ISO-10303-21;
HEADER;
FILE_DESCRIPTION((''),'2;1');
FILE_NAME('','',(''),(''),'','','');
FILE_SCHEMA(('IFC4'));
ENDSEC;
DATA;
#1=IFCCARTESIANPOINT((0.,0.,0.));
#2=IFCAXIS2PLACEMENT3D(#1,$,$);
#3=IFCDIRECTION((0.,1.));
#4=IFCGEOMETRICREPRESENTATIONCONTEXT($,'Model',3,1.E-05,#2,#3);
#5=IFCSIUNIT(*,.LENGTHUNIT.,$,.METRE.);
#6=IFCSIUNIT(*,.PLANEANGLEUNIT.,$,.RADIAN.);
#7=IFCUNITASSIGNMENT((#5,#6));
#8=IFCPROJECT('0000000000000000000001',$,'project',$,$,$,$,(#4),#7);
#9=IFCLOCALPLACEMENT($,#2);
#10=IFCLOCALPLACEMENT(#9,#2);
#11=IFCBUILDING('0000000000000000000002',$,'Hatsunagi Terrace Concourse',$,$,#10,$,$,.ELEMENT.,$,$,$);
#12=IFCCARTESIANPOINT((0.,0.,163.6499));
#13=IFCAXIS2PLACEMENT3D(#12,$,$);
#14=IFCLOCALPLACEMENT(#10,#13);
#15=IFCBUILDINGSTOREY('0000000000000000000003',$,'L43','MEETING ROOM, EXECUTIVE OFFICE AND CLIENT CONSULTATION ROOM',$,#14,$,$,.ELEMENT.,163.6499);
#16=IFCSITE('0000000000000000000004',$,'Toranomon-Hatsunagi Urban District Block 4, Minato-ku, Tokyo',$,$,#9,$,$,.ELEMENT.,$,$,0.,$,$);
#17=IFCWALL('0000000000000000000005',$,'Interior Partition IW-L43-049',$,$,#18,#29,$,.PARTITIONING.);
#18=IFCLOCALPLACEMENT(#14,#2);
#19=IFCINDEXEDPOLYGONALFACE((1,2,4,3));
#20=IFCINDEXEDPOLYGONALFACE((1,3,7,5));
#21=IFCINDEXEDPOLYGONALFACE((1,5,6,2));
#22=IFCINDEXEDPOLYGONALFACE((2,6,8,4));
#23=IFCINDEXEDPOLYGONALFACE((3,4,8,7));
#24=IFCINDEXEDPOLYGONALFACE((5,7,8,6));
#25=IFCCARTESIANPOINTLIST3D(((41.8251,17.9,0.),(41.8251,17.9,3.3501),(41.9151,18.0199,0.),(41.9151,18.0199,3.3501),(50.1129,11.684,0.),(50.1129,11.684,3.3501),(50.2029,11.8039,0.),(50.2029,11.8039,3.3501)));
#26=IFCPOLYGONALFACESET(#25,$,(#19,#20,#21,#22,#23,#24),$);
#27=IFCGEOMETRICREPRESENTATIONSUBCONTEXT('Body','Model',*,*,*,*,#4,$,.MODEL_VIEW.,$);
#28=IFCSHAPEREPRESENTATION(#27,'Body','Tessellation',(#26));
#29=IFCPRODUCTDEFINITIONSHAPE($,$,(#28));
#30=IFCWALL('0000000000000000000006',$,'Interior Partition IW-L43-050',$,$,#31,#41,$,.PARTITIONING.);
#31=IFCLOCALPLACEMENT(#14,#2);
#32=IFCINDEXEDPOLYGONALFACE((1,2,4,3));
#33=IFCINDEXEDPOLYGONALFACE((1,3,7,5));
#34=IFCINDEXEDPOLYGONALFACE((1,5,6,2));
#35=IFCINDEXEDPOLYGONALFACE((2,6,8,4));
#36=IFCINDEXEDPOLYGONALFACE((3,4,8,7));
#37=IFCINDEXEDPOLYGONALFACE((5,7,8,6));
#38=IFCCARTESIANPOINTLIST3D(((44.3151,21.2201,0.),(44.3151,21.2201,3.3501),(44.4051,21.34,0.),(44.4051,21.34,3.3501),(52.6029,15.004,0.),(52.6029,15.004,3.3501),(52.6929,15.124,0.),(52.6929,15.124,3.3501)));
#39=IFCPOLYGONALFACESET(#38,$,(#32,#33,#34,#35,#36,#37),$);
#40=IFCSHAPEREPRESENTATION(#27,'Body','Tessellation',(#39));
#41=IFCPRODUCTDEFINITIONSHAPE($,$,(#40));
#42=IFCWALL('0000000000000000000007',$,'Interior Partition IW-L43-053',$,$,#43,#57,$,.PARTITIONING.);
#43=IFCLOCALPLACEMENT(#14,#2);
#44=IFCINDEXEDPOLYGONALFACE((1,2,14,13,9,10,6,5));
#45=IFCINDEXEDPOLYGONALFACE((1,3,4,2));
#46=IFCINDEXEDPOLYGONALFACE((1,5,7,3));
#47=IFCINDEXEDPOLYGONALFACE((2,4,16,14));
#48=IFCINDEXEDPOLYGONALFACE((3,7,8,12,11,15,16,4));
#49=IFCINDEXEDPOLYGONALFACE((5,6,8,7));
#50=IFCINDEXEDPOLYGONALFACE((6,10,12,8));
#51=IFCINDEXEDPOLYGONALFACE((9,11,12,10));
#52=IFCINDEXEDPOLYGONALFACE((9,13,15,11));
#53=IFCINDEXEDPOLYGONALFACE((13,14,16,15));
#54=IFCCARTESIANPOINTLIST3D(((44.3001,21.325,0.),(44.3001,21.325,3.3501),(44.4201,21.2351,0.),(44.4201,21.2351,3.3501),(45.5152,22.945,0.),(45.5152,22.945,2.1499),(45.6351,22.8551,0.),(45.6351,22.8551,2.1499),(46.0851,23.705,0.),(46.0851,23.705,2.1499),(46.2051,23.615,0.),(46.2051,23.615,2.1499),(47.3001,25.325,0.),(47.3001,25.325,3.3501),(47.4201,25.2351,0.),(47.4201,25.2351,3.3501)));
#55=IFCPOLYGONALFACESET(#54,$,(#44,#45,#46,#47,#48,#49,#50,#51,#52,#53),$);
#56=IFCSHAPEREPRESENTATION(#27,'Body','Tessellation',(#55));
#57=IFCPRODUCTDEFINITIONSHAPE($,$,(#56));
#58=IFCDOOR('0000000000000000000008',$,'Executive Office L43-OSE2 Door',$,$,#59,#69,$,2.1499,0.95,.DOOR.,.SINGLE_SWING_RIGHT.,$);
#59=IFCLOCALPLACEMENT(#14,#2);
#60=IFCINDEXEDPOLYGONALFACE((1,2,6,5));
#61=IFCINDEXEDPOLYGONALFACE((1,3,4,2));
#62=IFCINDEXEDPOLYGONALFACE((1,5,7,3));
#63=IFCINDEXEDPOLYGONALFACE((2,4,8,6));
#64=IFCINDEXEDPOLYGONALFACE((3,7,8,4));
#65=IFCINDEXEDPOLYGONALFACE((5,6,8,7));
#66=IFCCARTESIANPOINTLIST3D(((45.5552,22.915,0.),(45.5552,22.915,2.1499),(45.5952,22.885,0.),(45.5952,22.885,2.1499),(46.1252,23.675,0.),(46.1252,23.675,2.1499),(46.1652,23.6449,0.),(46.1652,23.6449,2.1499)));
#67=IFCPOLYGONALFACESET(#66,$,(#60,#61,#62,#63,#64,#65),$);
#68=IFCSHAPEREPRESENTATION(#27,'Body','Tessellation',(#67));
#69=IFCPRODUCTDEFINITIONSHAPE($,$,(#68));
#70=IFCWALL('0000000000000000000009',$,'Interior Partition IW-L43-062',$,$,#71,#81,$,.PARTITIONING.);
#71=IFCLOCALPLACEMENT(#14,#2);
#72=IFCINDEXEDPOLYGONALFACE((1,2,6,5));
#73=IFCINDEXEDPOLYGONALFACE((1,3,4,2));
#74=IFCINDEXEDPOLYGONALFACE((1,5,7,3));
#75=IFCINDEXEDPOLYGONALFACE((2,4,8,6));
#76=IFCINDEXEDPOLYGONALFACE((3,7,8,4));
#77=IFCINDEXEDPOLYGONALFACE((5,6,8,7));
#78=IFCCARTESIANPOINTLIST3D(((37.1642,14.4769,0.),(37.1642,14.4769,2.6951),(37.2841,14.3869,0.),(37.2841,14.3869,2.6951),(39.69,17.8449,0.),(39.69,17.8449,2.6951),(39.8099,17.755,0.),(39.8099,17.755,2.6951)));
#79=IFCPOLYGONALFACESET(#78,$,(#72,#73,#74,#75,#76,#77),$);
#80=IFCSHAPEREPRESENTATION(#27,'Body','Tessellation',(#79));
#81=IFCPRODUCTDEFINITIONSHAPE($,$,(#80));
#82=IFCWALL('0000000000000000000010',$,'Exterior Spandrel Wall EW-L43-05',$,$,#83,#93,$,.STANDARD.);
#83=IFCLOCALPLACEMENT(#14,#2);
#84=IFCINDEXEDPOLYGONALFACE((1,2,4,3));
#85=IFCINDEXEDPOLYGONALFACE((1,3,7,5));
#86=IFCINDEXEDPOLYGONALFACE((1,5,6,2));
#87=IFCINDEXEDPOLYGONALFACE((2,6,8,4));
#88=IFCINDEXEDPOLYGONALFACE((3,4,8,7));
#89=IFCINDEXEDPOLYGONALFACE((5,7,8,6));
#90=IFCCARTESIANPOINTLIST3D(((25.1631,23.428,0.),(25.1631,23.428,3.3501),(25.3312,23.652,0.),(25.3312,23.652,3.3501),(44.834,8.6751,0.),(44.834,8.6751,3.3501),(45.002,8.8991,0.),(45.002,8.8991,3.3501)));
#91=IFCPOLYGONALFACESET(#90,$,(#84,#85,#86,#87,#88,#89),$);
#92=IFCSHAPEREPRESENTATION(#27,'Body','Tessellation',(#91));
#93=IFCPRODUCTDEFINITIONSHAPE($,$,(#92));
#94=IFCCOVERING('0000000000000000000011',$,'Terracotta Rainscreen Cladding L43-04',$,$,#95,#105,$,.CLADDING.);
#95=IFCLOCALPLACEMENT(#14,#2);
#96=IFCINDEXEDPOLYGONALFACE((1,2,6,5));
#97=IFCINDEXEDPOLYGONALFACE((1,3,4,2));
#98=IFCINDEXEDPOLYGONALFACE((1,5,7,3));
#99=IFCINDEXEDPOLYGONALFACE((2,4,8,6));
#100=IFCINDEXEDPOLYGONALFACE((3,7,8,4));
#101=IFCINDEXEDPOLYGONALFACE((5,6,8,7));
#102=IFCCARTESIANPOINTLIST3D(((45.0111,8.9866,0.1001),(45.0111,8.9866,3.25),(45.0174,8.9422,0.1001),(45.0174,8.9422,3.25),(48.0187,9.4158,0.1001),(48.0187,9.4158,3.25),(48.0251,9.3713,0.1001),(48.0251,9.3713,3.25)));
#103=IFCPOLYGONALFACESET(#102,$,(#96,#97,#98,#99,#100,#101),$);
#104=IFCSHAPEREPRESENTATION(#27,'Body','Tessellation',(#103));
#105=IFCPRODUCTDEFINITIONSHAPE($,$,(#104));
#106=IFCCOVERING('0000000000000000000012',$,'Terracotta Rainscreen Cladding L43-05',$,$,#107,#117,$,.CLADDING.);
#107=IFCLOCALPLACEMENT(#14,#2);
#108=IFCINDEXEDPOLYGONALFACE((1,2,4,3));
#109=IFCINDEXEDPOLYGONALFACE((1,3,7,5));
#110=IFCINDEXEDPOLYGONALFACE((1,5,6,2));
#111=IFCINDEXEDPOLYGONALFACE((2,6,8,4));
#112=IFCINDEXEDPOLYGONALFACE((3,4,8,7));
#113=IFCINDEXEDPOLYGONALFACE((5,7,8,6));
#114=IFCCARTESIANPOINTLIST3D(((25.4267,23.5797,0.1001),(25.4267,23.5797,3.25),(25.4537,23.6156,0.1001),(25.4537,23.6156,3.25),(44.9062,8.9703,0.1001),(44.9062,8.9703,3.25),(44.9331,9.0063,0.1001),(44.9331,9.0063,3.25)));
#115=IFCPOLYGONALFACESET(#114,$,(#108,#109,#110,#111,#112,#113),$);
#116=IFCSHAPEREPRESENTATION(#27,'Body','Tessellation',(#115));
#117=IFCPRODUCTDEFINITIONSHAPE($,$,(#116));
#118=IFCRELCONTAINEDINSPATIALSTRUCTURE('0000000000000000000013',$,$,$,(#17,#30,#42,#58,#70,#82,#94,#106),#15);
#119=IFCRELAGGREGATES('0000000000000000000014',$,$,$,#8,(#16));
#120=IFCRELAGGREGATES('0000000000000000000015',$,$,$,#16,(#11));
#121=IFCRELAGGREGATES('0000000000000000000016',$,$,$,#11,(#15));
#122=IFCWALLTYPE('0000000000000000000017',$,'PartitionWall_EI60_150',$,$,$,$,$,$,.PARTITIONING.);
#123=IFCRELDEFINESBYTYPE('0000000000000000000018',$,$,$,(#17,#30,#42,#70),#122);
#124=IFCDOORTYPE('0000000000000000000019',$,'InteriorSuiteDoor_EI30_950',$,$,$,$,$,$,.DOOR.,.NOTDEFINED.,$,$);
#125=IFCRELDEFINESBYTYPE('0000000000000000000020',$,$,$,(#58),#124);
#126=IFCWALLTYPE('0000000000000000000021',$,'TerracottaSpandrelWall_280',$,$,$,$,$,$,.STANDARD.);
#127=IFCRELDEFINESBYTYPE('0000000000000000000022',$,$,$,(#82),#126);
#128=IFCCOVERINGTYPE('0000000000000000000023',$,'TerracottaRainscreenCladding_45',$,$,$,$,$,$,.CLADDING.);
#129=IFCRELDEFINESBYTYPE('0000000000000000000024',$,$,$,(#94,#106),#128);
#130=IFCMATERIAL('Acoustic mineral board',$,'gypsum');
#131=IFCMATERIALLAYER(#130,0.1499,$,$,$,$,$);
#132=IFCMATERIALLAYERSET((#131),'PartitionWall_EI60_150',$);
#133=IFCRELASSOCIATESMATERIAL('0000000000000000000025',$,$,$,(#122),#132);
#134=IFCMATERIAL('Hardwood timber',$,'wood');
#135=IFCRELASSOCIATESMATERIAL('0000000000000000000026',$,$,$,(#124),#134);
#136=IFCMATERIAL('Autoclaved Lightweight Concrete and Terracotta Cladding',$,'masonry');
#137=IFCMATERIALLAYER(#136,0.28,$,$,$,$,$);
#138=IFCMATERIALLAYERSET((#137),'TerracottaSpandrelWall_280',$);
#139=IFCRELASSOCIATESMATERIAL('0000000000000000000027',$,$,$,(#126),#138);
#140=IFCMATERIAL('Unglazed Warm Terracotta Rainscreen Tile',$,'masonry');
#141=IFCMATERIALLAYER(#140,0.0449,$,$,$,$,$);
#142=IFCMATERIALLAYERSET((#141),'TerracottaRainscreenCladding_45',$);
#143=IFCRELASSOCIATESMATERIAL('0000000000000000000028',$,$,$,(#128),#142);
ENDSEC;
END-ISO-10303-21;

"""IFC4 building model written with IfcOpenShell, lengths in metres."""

from ifc_helpers import new_model, si_unit, direction, frame, frame_2d, origin, origin_2d, place, context, subcontext, project, spatial, rectangle, extrude, material, layer, layer_set, type_object, element, fill, save


model = new_model("IFC4")

# Units and contexts
model_context = context("Model", 3, precision=1e-05, world=origin(), true_north=direction((0.0, 1.0)))
body_context = subcontext(model_context, "Body", "Model", "MODEL_VIEW")
ifc_project = project(units=[si_unit("LENGTHUNIT", "METRE"), si_unit("PLANEANGLEUNIT", "RADIAN")], contexts=[model_context])

# Site, building, storey
site_placement = place(None, origin())
site = spatial("IfcSite", under=ifc_project, at=site_placement, Name="Toranomon-Hatsunagi Urban District Block 4, Minato-ku, Tokyo", CompositionType="ELEMENT", RefElevation=0.0)
building_placement = place(site_placement, origin())
building = spatial("IfcBuilding", under=site, at=building_placement, Name="Hatsunagi Terrace Concourse", CompositionType="ELEMENT")
storey_placement = place(building_placement, frame((0.0, 0.0, 163.6499)))
storey = spatial("IfcBuildingStorey", under=building, at=storey_placement, Name="L43", Description="MEETING ROOM, EXECUTIVE OFFICE AND CLIENT CONSULTATION ROOM", CompositionType="ELEMENT", Elevation=163.6499)

# Walls
ifc_material_1 = material(Name="Acoustic mineral board", Category="gypsum")
ifc_layer_1 = layer(ifc_material_1, 0.1499)
ifc_layer_set_1 = layer_set([ifc_layer_1], Name="PartitionWall_EI60_150")
wall_type_1 = type_object("IfcWallType", Name="PartitionWall_EI60_150", PredefinedType="PARTITIONING", material=ifc_layer_set_1)
for number, where, z_axis, x_axis, name in (
    (1, (41.8701, 17.96, 0.0), (0.0, 0.0, 1.0), (0.799992, -0.600011, 0.0), "Interior Partition IW-L43-049"),
    (2, (44.3601, 21.28, 0.0), (0.0, 0.0, 1.0), (0.799992, -0.600011, 0.0), "Interior Partition IW-L43-050"),
):
    element("IfcWall", number, at=place(storey_placement, frame(where, z_axis=z_axis, x_axis=x_axis)), inside=storey, type_object=wall_type_1, Name=name, PredefinedType="PARTITIONING", context=body_context, shape_type="SweptSolid", body=[
        extrude(rectangle(XDim=10.3599, YDim=0.1499, at=frame_2d((5.1799, 0.0))), origin(), (0.0, 0.0, 1.0), 3.3501),
    ])

# Wall, opening, door
ifc_material_2 = material(Name="Hardwood timber", Category="wood")
door_type = type_object("IfcDoorType", Name="InteriorSuiteDoor_EI30_950", OperationType="NOTDEFINED", PredefinedType="DOOR", material=ifc_material_2)
wall_1_placement = place(storey_placement, frame((44.3601, 21.28, 0.0), z_axis=(0.0, 0.0, 1.0), x_axis=(0.6, 0.8, 0.0)))
wall_1 = element("IfcWall", 3, at=wall_1_placement, inside=storey, type_object=wall_type_1, Name="Interior Partition IW-L43-053", PredefinedType="PARTITIONING", context=body_context, shape_type="SweptSolid", body=[
    extrude(rectangle(XDim=5.0, YDim=0.1499, at=frame_2d((2.5, 0.0))), origin(), (0.0, 0.0, 1.0), 3.3501),
])
opening_1_placement = place(wall_1_placement, frame((2.0249, 0.0, 0.0)))
opening_1 = element("IfcOpeningElement", 4, at=opening_1_placement, cuts=wall_1, PredefinedType="OPENING", context=body_context, shape_type="SweptSolid", body=[
    extrude(rectangle(XDim=0.95, YDim=2.1499, at=frame_2d((0.4751, 1.075))), frame((0.0, 0.085, 0.0), z_axis=(0.0, -1.0, 0.0), x_axis=(1.0, 0.0, 0.0)), (0.0, 0.0, 1.0), 0.1699),
])
door_1_placement = place(opening_1_placement, origin())
door_1 = element("IfcDoor", 5, at=door_1_placement, inside=storey, type_object=door_type, Name="Executive Office L43-OSE2 Door", OperationType="SINGLE_SWING_RIGHT", OverallHeight=2.1499, OverallWidth=0.95, PredefinedType="DOOR", context=body_context, shape_type="SweptSolid", body=[
    extrude(rectangle(XDim=0.95, YDim=2.1499, at=frame_2d((0.4751, 1.075))), frame((0.0, 0.0249, 0.0), z_axis=(0.0, -1.0, 0.0), x_axis=(1.0, 0.0, 0.0)), (0.0, 0.0, 1.0), 0.05),
])
fill(opening_1, door_1)

# Walls
wall_2_placement = place(storey_placement, frame((37.2241, 14.4319, 0.0), z_axis=(0.0, 0.0, 1.0), x_axis=(0.599963, 0.800028, 0.0)))
element("IfcWall", 6, at=wall_2_placement, inside=storey, type_object=wall_type_1, Name="Interior Partition IW-L43-062", PredefinedType="PARTITIONING", context=body_context, shape_type="SweptSolid", body=[
    extrude(rectangle(XDim=4.21, YDim=0.1499, at=frame_2d((2.105, 0.0))), origin(), (0.0, 0.0, 1.0), 2.6951),
])
ifc_material_3 = material(Name="Autoclaved Lightweight Concrete and Terracotta Cladding", Category="masonry")
ifc_layer_2 = layer(ifc_material_3, 0.28)
ifc_layer_set_2 = layer_set([ifc_layer_2], Name="TerracottaSpandrelWall_280")
wall_type_2 = type_object("IfcWallType", Name="TerracottaSpandrelWall_280", PredefinedType="STANDARD", material=ifc_layer_set_2)
wall_3_placement = place(storey_placement, frame((44.918, 8.7871, 0.0), z_axis=(0.0, 0.0, 1.0), x_axis=(-0.800005, 0.599994, 0.0)))
element("IfcWall", 7, at=wall_3_placement, inside=storey, type_object=wall_type_2, Name="Exterior Spandrel Wall EW-L43-05", PredefinedType="STANDARD", context=body_context, shape_type="SweptSolid", body=[
    extrude(rectangle(XDim=24.5884, YDim=0.28, at=frame_2d((12.2942, 0.0))), origin(), (0.0, 0.0, 1.0), 3.3501),
])

# Coverings
ifc_material_4 = material(Name="Unglazed Warm Terracotta Rainscreen Tile", Category="masonry")
ifc_layer_3 = layer(ifc_material_4, 0.0449)
ifc_layer_set_3 = layer_set([ifc_layer_3], Name="TerracottaRainscreenCladding_45")
covering_type = type_object("IfcCoveringType", Name="TerracottaRainscreenCladding_45", PredefinedType="CLADDING", material=ifc_layer_set_3)
covering_1_placement = place(storey_placement, frame((46.5181, 9.179, 0.1001), z_axis=(0.0, 0.0, 1.0), x_axis=(-0.989974, -0.14125, 0.0)))
element("IfcCovering", 8, at=covering_1_placement, inside=storey, type_object=covering_type, Name="Terracotta Rainscreen Cladding L43-04", PredefinedType="CLADDING", context=body_context, shape_type="SweptSolid", body=[
    extrude(rectangle(XDim=3.0381, YDim=0.0449, at=origin_2d()), origin(), (0.0, 0.0, 1.0), 3.1499),
])
covering_2_placement = place(storey_placement, frame((35.1799, 16.293, 0.1001), z_axis=(0.0, 0.0, 1.0), x_axis=(-0.800005, 0.599993, 0.0)))
element("IfcCovering", 9, at=covering_2_placement, inside=storey, type_object=covering_type, Name="Terracotta Rainscreen Cladding L43-05", PredefinedType="CLADDING", context=body_context, shape_type="SweptSolid", body=[
    extrude(rectangle(XDim=24.3491, YDim=0.0449, at=origin_2d()), origin(), (0.0, 0.0, 1.0), 3.1499),
])

save(model, "model.ifc")
